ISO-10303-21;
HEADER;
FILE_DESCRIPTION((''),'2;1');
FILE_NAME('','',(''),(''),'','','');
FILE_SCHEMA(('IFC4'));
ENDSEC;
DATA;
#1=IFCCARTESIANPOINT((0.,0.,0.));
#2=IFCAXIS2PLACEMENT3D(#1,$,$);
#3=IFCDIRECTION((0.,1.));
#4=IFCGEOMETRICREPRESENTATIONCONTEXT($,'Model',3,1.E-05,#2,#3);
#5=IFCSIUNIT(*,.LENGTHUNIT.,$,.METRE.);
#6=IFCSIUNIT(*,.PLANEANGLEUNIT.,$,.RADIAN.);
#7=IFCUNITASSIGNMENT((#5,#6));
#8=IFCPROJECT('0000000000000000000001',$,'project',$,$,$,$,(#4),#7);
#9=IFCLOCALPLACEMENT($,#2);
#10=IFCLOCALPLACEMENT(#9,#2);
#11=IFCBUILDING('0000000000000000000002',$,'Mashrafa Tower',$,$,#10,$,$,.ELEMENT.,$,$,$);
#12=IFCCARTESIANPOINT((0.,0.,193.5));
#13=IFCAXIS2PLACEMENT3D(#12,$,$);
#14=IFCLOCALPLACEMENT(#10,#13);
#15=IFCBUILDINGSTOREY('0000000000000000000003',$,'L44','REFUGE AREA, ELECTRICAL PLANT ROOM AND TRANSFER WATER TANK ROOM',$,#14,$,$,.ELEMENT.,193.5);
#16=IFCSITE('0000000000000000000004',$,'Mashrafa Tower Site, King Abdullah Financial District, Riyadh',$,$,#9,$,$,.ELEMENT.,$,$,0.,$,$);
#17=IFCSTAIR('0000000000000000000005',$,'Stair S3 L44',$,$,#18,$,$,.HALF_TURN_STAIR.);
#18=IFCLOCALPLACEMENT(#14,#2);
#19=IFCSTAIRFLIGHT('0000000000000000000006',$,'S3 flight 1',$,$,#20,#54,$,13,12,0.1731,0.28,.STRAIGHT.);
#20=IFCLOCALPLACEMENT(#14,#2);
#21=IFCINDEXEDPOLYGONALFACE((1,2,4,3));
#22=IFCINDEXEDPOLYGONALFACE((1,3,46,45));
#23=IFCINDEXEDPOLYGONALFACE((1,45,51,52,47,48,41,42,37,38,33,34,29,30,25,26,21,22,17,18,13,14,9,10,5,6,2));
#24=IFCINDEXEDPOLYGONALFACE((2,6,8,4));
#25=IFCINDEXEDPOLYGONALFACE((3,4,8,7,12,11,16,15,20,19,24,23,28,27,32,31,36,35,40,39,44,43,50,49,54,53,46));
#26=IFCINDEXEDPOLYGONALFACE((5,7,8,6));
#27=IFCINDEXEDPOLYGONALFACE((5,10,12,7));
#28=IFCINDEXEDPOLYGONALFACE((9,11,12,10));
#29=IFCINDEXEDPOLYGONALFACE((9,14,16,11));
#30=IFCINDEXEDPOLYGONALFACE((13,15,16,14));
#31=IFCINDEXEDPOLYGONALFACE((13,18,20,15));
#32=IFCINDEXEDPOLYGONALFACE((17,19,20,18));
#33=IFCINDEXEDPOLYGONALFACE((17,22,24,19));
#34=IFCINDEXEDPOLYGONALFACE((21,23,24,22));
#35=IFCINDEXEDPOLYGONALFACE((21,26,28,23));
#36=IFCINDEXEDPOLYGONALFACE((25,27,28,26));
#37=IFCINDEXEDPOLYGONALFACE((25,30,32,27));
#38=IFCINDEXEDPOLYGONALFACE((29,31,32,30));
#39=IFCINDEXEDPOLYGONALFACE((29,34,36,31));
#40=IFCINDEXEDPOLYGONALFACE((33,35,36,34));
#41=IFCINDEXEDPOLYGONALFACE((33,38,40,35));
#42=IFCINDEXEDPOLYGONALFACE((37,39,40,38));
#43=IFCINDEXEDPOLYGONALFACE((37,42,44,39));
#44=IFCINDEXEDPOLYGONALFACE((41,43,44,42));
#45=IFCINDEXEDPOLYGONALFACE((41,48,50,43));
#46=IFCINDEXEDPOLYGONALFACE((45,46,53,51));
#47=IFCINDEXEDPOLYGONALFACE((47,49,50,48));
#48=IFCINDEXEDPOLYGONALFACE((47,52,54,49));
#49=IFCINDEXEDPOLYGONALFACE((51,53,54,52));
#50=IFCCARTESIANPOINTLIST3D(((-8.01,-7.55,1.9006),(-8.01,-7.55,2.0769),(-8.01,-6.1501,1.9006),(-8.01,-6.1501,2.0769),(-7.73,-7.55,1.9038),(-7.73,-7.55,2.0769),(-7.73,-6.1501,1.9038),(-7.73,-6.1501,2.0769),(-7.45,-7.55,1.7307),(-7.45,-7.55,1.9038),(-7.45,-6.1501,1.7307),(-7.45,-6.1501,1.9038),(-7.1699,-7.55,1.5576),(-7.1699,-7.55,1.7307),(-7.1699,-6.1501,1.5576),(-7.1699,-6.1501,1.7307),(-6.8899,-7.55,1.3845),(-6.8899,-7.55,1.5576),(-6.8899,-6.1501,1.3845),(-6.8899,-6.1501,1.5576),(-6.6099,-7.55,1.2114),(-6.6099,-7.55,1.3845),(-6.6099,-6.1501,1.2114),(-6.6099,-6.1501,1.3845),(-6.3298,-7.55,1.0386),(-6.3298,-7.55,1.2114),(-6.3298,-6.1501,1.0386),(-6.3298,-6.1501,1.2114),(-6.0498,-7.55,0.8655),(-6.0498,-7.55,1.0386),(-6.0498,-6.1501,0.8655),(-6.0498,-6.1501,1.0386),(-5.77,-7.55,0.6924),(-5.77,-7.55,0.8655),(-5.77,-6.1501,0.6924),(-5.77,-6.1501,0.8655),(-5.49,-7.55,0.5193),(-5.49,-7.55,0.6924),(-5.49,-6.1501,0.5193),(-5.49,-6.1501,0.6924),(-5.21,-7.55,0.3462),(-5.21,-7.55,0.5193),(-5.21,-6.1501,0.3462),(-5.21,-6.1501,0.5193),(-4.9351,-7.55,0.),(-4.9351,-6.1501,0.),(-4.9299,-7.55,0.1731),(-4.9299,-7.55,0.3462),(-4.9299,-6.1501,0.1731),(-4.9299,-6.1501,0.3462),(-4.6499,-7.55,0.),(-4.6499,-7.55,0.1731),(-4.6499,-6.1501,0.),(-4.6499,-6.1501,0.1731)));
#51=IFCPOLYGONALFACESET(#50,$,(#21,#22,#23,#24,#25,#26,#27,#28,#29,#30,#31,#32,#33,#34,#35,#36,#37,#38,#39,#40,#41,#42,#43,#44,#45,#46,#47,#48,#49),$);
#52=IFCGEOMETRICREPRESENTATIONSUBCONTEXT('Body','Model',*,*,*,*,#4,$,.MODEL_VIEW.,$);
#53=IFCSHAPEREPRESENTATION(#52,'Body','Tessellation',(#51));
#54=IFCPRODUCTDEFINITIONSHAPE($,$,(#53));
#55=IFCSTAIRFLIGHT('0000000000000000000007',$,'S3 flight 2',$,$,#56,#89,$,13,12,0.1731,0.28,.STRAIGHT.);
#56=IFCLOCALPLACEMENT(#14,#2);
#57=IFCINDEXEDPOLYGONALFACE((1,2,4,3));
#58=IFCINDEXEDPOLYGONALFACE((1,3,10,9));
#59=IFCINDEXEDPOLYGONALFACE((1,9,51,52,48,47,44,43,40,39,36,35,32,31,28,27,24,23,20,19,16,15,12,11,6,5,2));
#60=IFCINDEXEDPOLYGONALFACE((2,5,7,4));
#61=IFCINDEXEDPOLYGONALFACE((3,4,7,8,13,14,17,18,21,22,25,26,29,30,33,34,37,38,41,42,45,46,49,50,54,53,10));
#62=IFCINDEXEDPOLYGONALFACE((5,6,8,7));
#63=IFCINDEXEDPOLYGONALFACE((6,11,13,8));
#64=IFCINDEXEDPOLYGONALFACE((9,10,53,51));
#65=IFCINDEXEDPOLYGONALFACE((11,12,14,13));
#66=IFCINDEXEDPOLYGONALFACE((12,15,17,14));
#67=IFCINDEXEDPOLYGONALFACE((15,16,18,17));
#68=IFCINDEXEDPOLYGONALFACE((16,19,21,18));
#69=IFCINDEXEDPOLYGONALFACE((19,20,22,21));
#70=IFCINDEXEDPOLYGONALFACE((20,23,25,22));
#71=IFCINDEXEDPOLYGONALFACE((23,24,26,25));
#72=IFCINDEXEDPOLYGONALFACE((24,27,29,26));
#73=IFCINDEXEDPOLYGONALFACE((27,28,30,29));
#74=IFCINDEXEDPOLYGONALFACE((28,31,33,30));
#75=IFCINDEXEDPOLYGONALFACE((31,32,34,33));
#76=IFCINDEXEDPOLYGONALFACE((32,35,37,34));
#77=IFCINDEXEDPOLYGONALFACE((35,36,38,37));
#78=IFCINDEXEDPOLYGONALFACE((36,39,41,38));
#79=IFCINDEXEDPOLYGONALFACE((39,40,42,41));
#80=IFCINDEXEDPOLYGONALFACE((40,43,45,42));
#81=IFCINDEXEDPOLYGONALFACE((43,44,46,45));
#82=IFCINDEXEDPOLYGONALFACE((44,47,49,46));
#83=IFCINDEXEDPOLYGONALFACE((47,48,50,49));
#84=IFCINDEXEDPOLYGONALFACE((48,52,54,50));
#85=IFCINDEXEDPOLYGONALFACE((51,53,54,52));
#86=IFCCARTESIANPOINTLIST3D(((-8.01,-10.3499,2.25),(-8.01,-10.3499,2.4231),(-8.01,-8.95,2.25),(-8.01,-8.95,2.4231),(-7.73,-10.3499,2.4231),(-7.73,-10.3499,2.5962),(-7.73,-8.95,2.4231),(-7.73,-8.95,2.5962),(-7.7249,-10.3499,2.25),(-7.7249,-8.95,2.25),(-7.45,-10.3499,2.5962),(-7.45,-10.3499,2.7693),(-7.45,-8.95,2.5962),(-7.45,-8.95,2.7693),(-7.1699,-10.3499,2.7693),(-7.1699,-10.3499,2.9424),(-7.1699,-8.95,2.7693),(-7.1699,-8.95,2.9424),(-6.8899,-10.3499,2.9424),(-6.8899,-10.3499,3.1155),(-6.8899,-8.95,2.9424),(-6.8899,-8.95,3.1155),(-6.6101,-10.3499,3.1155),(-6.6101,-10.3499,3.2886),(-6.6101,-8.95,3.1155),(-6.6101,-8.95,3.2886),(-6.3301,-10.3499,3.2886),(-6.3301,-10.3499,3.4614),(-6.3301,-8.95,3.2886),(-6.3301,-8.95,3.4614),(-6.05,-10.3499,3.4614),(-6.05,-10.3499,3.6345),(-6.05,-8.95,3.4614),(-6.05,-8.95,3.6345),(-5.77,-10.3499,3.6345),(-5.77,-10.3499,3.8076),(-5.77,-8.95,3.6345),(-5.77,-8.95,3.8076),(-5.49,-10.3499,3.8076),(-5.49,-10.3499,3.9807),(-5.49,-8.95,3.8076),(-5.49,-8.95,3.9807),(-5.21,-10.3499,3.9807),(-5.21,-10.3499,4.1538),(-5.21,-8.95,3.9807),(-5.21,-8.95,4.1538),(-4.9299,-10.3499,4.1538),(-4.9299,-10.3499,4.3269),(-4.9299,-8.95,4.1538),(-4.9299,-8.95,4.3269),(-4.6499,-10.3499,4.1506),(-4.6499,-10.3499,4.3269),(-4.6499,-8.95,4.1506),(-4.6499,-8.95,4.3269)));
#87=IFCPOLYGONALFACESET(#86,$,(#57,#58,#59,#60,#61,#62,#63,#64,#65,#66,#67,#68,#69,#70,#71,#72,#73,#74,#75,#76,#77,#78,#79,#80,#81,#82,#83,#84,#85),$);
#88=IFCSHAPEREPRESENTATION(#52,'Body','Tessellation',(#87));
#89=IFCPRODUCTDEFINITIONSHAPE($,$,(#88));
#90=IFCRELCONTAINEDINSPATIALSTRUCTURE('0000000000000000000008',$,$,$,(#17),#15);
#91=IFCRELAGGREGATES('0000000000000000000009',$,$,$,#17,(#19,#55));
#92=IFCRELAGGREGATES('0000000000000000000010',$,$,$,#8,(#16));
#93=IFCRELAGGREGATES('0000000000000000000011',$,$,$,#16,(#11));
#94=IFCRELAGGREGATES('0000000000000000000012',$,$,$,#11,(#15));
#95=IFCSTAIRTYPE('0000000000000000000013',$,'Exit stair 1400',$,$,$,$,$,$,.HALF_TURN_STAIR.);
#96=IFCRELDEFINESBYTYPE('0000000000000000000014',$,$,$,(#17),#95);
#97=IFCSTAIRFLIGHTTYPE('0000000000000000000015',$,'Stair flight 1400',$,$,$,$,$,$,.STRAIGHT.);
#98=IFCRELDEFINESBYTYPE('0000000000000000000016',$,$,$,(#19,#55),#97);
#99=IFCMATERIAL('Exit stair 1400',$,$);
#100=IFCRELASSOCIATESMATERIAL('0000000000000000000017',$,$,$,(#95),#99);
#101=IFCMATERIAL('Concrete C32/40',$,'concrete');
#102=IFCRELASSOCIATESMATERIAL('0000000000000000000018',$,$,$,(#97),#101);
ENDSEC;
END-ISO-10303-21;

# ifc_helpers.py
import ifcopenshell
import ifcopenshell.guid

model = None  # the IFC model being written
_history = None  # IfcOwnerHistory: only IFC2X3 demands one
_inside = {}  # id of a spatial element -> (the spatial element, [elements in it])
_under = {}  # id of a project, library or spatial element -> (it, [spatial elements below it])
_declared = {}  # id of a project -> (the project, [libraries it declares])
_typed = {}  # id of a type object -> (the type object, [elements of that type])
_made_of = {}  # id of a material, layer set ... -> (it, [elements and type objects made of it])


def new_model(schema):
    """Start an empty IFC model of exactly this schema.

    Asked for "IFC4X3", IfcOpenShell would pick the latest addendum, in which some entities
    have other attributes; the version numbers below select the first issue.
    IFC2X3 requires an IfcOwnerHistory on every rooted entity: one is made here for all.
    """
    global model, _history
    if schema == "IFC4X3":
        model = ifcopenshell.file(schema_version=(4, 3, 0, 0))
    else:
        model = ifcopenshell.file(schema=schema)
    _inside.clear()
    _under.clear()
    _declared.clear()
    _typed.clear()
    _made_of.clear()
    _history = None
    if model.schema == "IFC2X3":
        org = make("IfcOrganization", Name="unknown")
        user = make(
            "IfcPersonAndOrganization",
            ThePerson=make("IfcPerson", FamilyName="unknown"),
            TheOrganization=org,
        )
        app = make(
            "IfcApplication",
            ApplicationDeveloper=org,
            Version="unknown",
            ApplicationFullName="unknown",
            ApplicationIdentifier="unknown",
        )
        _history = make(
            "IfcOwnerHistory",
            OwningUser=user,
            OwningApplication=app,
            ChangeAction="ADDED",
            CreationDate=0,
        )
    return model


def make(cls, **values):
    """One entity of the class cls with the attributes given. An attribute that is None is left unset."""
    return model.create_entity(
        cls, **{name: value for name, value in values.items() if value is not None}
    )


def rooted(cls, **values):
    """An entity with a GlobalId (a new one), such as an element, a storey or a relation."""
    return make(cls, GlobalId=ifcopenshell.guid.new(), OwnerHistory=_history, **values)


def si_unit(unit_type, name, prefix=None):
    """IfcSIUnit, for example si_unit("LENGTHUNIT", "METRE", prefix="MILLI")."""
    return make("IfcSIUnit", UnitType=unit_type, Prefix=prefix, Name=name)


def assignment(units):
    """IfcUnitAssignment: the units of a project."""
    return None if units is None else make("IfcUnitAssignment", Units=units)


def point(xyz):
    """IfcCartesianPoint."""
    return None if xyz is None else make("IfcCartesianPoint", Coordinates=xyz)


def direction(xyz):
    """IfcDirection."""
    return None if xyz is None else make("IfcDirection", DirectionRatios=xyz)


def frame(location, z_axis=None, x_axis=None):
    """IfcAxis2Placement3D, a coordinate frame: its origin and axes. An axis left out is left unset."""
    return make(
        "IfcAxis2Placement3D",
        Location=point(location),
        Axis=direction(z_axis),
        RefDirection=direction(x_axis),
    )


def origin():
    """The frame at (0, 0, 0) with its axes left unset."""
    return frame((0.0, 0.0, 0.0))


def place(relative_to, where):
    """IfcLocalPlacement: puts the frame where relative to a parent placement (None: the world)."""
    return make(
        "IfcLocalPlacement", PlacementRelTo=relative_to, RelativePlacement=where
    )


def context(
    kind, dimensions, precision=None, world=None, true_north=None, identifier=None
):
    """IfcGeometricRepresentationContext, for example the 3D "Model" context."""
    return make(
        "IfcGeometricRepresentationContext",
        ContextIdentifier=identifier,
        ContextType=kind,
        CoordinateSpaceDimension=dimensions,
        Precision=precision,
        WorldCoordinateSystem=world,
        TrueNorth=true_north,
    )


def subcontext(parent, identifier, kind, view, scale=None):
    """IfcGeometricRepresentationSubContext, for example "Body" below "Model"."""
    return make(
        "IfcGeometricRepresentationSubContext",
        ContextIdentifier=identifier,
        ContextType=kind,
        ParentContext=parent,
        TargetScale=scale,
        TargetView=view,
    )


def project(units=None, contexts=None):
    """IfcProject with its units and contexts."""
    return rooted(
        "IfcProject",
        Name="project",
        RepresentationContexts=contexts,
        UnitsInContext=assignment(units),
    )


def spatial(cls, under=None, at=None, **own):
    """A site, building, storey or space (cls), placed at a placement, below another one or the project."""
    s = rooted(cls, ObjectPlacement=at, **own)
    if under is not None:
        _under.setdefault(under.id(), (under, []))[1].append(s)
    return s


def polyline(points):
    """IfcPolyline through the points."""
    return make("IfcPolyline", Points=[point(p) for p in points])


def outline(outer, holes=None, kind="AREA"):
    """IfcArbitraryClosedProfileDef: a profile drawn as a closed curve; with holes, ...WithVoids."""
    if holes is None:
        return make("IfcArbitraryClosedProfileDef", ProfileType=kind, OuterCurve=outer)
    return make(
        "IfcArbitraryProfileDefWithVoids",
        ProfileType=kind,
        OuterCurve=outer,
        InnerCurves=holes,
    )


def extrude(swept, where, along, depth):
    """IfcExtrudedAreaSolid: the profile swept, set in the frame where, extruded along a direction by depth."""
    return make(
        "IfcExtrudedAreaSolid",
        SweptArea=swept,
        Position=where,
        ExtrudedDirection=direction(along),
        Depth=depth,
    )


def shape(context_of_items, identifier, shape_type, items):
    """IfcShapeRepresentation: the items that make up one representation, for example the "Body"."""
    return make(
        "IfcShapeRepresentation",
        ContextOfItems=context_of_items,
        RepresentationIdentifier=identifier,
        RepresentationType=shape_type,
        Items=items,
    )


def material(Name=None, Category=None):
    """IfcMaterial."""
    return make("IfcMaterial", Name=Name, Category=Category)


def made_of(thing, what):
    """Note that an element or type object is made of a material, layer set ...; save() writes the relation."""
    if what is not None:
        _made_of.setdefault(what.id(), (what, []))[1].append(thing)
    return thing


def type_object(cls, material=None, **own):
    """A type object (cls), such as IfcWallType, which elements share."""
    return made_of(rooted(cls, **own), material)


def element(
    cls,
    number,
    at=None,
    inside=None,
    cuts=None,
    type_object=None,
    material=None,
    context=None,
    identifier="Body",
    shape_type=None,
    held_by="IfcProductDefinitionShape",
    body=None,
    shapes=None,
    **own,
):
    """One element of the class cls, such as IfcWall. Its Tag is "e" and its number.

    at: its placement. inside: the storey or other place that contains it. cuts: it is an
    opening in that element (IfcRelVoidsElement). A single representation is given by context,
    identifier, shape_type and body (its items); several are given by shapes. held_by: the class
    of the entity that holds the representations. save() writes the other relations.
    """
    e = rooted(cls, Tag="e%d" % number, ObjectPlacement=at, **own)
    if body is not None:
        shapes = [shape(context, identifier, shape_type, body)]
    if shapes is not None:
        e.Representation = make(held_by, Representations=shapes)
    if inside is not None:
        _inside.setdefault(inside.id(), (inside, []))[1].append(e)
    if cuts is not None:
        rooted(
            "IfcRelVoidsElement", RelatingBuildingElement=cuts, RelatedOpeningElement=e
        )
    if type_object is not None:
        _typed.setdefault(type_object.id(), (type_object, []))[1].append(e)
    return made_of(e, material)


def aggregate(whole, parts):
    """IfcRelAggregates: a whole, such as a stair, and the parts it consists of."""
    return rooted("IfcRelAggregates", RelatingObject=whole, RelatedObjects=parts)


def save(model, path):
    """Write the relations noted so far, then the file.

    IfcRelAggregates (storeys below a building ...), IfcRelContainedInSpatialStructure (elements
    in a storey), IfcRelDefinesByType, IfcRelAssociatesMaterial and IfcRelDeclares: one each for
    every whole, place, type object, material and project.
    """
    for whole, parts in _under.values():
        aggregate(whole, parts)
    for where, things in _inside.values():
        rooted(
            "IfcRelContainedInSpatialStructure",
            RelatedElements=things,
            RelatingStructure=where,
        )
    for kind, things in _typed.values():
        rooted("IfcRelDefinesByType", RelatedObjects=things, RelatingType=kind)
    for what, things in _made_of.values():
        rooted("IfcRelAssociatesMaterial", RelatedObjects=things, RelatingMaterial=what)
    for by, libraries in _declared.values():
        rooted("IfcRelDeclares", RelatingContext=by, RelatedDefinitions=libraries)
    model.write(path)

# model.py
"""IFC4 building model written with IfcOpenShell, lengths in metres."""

from ifc_helpers import new_model, si_unit, direction, frame, origin, place, context, subcontext, project, spatial, polyline, outline, extrude, material, type_object, element, aggregate, save


model = new_model("IFC4")

# Units and contexts
model_context = context("Model", 3, precision=1e-05, world=origin(), true_north=direction((0.0, 1.0)))
body_context = subcontext(model_context, "Body", "Model", "MODEL_VIEW")
ifc_project = project(units=[si_unit("LENGTHUNIT", "METRE"), si_unit("PLANEANGLEUNIT", "RADIAN")], contexts=[model_context])

# Site, building, storey
site_placement = place(None, origin())
site = spatial("IfcSite", under=ifc_project, at=site_placement, Name="Mashrafa Tower Site, King Abdullah Financial District, Riyadh", CompositionType="ELEMENT", RefElevation=0.0)
building_placement = place(site_placement, origin())
building = spatial("IfcBuilding", under=site, at=building_placement, Name="Mashrafa Tower", CompositionType="ELEMENT")
storey_placement = place(building_placement, frame((0.0, 0.0, 193.5)))
storey = spatial("IfcBuildingStorey", under=building, at=storey_placement, Name="L44", Description="REFUGE AREA, ELECTRICAL PLANT ROOM AND TRANSFER WATER TANK ROOM", CompositionType="ELEMENT", Elevation=193.5)

# Stair, stair flights
ifc_material_1 = material(Name="Exit stair 1400")
stair_type = type_object("IfcStairType", Name="Exit stair 1400", PredefinedType="HALF_TURN_STAIR", material=ifc_material_1)
stair_placement = place(storey_placement, origin())
stair = element("IfcStair", 1, at=stair_placement, inside=storey, type_object=stair_type, Name="Stair S3 L44", PredefinedType="HALF_TURN_STAIR")
ifc_material_2 = material(Name="Concrete C32/40", Category="concrete")
stair_flight_type = type_object("IfcStairFlightType", Name="Stair flight 1400", PredefinedType="STRAIGHT", material=ifc_material_2)
stair_flight_1_placement = place(storey_placement, frame((-4.6499, -6.8501, 0.0), z_axis=(0.0, 0.0, 1.0), x_axis=(-1.0, 0.0, 0.0)))
stair_flight_1 = element("IfcStairFlight", 2, at=stair_flight_1_placement, type_object=stair_flight_type, Name="S3 flight 1", NumberOfRisers=13, NumberOfTreads=12, PredefinedType="STRAIGHT", RiserHeight=0.1731, TreadLength=0.28, context=body_context, shape_type="SweptSolid", body=[
    extrude(outline(polyline([(0.0, 0.0), (0.0, 0.1731), (0.28, 0.1731), (0.28, 0.3462), (0.5601, 0.3462), (0.5601, 0.5193), (0.8401, 0.5193), (0.8401, 0.6924), (1.1201, 0.6924), (1.1201, 0.8655), (1.3999, 0.8655), (1.3999, 1.0386), (1.6799, 1.0386), (1.6799, 1.2114), (1.96, 1.2114), (1.96, 1.3845), (2.24, 1.3845), (2.24, 1.5576), (2.52, 1.5576), (2.52, 1.7307), (2.8, 1.7307), (2.8, 1.9038), (3.0801, 1.9038), (3.0801, 2.0769), (3.3601, 2.0769), (3.3601, 2.25), (3.3601, 1.9006), (0.2852, 0.0), (0.0, 0.0)])), frame((0.0, 0.7, 0.0), z_axis=(0.0, -1.0, 0.0), x_axis=(1.0, 0.0, 0.0)), (0.0, 0.0, 1.0), 1.3999),
])
stair_flight_2_placement = place(storey_placement, frame((-8.01, -9.6499, 2.25), z_axis=(0.0, 0.0, 1.0), x_axis=(1.0, 0.0, 0.0)))
stair_flight_2 = element("IfcStairFlight", 3, at=stair_flight_2_placement, type_object=stair_flight_type, Name="S3 flight 2", NumberOfRisers=13, NumberOfTreads=12, PredefinedType="STRAIGHT", RiserHeight=0.1731, TreadLength=0.28, context=body_context, shape_type="SweptSolid", body=[
    extrude(outline(polyline([(0.0, 0.0), (0.0, 0.1731), (0.28, 0.1731), (0.28, 0.3462), (0.5601, 0.3462), (0.5601, 0.5193), (0.8401, 0.5193), (0.8401, 0.6924), (1.1201, 0.6924), (1.1201, 0.8655), (1.3999, 0.8655), (1.3999, 1.0386), (1.6799, 1.0386), (1.6799, 1.2114), (1.96, 1.2114), (1.96, 1.3845), (2.24, 1.3845), (2.24, 1.5576), (2.52, 1.5576), (2.52, 1.7307), (2.8, 1.7307), (2.8, 1.9038), (3.0801, 1.9038), (3.0801, 2.0769), (3.3601, 2.0769), (3.3601, 2.25), (3.3601, 1.9006), (0.2852, 0.0), (0.0, 0.0)])), frame((0.0, 0.7, 0.0), z_axis=(0.0, -1.0, 0.0), x_axis=(1.0, 0.0, 0.0)), (0.0, 0.0, 1.0), 1.3999),
])
aggregate(stair, [stair_flight_1, stair_flight_2])

save(model, "model.ifc")
